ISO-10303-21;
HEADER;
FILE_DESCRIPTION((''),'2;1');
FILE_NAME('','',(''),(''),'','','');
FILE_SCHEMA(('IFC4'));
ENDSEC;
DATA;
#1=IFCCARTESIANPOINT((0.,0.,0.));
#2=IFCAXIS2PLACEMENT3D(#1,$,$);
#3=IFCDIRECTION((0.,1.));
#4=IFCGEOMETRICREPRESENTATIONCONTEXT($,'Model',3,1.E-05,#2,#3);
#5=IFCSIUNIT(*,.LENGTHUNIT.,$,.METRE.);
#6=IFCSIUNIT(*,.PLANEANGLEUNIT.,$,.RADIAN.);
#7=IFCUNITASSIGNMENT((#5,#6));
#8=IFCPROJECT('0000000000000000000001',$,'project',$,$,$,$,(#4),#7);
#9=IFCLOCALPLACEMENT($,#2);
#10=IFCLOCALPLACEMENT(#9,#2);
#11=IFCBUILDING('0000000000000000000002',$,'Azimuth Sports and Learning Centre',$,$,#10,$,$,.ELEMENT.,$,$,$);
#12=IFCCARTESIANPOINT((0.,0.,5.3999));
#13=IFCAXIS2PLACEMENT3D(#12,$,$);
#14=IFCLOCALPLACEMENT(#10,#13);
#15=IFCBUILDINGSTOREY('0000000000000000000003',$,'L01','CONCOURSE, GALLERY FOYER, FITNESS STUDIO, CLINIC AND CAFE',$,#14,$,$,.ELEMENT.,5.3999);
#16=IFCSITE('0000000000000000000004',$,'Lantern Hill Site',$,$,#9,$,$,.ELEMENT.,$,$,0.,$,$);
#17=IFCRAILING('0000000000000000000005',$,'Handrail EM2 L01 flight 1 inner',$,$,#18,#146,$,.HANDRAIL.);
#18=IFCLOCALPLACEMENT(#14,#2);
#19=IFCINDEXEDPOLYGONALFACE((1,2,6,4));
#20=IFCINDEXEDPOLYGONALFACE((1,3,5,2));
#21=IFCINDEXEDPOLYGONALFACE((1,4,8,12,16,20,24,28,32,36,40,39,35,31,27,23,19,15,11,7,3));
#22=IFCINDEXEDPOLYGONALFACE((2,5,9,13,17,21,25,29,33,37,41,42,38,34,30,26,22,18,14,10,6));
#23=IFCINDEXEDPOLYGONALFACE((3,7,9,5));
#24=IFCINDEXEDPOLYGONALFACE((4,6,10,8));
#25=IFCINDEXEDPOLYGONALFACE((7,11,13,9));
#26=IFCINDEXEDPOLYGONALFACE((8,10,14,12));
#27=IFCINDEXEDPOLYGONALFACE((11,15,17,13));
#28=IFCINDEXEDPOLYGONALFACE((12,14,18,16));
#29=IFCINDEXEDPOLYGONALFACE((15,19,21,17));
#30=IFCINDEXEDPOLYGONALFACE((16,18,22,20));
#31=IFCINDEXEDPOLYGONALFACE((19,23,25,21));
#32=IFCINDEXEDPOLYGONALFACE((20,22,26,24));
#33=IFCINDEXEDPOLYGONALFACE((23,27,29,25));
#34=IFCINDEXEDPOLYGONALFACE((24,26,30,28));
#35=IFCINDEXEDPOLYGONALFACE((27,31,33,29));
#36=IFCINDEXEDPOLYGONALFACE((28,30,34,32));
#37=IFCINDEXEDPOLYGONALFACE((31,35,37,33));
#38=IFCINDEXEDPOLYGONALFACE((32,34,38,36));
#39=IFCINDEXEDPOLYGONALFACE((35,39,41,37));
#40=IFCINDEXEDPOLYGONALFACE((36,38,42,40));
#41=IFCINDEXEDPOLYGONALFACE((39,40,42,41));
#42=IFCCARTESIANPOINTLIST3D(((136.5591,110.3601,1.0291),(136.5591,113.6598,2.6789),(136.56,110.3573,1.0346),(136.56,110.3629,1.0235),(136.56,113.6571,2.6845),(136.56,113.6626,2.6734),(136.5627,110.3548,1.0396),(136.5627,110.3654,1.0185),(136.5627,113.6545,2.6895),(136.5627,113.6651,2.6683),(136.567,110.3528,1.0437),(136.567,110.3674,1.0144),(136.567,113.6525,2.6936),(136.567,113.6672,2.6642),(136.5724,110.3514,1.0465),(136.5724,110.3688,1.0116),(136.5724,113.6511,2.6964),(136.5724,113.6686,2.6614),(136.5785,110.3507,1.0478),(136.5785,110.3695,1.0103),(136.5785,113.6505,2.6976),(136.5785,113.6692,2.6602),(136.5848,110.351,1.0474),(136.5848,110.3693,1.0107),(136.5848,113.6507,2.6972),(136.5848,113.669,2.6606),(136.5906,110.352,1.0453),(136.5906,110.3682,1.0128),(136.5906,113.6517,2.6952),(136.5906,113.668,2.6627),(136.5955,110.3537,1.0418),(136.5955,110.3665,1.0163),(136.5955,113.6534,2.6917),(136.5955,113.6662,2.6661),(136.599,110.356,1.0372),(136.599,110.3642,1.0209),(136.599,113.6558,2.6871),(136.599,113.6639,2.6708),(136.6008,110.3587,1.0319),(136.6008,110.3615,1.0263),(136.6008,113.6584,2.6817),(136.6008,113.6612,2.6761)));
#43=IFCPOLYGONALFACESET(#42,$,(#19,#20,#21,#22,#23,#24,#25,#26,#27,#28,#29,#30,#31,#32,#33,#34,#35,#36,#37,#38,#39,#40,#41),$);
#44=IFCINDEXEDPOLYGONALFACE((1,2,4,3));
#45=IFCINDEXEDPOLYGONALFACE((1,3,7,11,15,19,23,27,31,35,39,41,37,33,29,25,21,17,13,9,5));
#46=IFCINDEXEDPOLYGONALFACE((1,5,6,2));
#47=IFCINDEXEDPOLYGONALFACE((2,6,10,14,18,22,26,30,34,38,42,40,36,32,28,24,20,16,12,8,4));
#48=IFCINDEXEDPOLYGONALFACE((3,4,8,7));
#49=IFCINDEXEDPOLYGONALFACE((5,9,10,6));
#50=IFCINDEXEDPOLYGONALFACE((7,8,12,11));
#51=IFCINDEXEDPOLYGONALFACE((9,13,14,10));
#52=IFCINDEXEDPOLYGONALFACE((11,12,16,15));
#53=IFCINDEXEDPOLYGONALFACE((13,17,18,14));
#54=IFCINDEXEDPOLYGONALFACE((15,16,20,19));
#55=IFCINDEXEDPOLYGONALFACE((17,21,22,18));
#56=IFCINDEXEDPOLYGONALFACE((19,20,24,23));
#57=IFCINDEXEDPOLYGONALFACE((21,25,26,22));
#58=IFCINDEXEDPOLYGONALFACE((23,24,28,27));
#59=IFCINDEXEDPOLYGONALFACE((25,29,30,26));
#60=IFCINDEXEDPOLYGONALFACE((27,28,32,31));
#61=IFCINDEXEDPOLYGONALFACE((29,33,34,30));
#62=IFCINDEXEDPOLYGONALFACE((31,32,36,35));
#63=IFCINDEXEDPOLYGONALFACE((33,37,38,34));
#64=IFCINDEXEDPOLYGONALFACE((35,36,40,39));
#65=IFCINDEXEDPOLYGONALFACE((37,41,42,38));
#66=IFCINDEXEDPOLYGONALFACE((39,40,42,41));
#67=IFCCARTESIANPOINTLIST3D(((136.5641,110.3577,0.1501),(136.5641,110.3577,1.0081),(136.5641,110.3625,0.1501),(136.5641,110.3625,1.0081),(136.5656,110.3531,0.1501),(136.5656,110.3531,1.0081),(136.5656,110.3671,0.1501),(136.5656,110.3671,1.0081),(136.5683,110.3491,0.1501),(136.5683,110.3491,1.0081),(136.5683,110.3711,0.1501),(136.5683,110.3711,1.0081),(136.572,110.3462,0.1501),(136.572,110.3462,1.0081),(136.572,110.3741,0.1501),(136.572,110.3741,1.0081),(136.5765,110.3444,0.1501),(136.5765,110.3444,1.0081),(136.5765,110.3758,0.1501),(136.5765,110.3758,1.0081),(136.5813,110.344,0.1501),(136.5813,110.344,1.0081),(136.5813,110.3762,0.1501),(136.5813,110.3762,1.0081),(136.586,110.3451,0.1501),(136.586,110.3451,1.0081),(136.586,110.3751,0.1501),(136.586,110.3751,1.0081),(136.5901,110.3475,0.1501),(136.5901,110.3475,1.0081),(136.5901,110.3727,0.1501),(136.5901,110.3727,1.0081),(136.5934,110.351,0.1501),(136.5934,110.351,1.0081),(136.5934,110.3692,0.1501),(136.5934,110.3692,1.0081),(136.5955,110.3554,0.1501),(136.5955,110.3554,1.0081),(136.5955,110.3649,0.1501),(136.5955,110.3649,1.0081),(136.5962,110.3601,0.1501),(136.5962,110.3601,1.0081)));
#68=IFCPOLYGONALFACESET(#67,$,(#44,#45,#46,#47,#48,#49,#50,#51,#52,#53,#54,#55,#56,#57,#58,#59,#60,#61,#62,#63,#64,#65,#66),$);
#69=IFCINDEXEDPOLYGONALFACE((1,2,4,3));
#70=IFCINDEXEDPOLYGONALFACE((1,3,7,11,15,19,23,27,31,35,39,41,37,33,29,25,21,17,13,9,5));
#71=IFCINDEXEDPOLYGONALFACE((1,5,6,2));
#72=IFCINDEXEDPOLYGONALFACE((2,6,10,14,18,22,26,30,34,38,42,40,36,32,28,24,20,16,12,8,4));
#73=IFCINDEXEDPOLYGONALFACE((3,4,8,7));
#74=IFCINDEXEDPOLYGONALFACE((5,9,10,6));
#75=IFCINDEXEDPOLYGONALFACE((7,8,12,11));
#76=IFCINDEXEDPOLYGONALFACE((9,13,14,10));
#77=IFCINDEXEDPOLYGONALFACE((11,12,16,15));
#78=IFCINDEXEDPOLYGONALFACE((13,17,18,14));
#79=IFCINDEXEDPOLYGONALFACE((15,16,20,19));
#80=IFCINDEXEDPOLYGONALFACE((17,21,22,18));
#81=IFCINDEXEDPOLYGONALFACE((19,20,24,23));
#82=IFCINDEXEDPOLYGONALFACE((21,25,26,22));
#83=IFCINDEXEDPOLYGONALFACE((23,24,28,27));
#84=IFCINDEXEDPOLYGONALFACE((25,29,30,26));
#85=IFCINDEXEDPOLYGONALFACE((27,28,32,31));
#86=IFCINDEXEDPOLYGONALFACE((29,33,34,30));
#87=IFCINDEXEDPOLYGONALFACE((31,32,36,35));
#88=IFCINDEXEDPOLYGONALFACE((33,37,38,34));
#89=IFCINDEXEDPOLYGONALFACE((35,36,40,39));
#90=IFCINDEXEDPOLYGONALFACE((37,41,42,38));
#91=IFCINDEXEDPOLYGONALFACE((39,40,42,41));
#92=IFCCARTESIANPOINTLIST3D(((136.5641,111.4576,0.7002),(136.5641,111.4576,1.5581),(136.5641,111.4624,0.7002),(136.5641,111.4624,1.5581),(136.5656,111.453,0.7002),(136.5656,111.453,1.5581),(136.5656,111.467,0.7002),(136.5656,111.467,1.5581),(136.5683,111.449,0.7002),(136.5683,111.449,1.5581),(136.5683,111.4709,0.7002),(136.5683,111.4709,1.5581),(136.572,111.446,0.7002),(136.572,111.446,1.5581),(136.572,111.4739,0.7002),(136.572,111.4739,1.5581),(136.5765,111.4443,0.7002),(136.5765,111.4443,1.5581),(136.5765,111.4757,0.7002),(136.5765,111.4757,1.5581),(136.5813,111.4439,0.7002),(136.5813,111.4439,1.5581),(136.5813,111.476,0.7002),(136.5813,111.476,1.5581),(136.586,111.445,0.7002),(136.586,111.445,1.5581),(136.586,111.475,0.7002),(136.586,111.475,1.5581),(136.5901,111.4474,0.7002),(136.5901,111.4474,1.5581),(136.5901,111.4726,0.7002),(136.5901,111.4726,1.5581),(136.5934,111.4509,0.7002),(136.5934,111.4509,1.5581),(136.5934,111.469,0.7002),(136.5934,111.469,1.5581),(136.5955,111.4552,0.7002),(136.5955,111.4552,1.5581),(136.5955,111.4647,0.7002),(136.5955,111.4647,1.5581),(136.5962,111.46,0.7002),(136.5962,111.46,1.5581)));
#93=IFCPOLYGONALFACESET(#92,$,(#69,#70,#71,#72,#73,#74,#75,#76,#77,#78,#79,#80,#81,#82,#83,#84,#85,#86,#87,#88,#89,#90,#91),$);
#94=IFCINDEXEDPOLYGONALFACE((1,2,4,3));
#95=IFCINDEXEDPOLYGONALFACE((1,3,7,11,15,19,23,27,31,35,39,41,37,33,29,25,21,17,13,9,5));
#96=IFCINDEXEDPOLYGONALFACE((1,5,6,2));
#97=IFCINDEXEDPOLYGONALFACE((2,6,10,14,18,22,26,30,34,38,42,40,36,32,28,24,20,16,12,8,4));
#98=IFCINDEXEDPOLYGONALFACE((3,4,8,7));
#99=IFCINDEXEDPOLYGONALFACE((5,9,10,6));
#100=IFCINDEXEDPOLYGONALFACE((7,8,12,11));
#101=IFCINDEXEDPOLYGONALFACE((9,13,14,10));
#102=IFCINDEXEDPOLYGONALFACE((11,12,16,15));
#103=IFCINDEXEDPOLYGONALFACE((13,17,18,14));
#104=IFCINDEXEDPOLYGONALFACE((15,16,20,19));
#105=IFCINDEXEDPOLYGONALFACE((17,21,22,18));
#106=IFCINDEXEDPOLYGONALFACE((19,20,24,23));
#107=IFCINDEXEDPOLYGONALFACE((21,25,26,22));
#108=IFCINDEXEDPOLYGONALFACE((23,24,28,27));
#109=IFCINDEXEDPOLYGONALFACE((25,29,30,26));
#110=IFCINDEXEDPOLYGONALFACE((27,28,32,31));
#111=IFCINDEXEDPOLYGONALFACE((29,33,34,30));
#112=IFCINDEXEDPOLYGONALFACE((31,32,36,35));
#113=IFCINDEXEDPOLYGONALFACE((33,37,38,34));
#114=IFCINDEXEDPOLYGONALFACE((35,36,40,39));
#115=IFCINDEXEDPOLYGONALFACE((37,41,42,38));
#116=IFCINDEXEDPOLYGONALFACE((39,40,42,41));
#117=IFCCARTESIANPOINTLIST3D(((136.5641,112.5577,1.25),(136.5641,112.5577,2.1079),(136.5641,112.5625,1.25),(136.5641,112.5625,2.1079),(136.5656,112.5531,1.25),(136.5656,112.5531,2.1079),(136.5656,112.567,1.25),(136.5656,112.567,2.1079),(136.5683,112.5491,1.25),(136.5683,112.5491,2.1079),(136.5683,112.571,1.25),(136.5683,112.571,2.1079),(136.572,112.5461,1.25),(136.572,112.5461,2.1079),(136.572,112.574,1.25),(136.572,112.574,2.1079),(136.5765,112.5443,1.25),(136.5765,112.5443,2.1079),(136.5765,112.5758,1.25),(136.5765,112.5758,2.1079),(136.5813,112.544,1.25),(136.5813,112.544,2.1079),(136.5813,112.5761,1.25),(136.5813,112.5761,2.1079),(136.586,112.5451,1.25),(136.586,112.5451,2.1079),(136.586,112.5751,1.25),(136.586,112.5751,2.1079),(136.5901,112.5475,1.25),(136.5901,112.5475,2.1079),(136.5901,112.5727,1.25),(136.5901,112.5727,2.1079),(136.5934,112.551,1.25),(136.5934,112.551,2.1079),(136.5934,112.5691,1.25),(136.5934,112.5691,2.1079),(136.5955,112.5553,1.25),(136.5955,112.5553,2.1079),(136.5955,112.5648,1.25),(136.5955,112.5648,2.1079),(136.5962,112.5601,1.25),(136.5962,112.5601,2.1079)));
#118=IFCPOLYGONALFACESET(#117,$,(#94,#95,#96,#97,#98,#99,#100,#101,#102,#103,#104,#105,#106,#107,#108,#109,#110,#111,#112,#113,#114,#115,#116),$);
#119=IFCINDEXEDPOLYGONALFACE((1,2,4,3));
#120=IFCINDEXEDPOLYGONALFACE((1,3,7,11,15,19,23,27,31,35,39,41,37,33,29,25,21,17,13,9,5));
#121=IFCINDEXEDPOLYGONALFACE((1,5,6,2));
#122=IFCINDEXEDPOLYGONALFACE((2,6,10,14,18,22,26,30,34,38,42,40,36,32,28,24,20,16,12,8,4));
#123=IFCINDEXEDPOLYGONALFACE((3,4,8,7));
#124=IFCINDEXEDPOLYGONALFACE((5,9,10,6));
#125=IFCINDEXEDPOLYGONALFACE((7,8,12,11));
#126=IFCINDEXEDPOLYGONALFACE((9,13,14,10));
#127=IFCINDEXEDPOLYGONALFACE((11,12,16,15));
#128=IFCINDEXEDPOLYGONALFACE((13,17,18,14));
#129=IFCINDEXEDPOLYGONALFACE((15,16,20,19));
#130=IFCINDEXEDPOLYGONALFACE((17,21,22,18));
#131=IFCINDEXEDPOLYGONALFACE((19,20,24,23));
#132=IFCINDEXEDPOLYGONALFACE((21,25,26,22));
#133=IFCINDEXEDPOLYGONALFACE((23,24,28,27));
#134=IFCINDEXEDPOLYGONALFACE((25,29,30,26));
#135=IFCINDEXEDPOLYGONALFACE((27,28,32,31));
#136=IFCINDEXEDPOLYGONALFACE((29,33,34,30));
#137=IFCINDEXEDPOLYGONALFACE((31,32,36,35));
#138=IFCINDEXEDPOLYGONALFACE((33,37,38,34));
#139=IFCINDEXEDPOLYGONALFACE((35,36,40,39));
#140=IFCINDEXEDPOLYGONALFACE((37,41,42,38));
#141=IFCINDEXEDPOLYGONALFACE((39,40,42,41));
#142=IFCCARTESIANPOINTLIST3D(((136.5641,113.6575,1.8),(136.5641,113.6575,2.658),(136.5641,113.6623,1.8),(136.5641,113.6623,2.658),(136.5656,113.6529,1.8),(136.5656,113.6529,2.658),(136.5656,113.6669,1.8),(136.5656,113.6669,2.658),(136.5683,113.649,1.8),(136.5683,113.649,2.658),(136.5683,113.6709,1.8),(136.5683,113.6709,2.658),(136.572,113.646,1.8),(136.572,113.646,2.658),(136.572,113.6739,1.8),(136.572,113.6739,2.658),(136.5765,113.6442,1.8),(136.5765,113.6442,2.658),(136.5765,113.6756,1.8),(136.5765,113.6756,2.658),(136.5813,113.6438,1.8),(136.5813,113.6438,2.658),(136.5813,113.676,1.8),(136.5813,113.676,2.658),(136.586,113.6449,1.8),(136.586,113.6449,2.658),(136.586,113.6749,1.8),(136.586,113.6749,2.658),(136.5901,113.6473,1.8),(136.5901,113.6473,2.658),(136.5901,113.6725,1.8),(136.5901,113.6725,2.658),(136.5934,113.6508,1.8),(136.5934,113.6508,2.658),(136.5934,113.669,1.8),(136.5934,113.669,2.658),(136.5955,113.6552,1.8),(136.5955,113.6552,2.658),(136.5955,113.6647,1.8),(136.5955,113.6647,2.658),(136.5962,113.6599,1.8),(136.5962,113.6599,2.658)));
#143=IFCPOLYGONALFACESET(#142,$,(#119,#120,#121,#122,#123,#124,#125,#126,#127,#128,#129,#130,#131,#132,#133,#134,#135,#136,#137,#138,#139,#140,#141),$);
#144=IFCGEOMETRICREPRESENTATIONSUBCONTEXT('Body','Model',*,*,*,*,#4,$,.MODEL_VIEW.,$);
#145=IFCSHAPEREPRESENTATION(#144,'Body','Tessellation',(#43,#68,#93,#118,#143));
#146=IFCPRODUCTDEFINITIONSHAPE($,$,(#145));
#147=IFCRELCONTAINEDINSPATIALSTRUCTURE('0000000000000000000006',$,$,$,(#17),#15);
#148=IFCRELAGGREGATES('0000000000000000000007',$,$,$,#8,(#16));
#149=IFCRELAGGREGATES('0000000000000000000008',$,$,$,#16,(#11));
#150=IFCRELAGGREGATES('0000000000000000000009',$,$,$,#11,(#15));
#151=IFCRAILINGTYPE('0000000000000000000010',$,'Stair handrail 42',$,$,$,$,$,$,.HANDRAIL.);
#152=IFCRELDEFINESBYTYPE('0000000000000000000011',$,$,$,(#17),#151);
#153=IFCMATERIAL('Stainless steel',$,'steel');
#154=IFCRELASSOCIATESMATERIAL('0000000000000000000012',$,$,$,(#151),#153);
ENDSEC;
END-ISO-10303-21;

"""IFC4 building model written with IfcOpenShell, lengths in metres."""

from ifc_helpers import new_model, si_unit, direction, frame, origin, origin_2d, place, context, subcontext, project, spatial, circle, extrude, material, type_object, element, save


model = new_model("IFC4")

# Units and contexts
model_context = context("Model", 3, precision=1e-05, world=origin(), true_north=direction((0.0, 1.0)))
body_context = subcontext(model_context, "Body", "Model", "MODEL_VIEW")
ifc_project = project(units=[si_unit("LENGTHUNIT", "METRE"), si_unit("PLANEANGLEUNIT", "RADIAN")], contexts=[model_context])

# Site, building, storey
site_placement = place(None, origin())
site = spatial("IfcSite", under=ifc_project, at=site_placement, Name="Lantern Hill Site", CompositionType="ELEMENT", RefElevation=0.0)
building_placement = place(site_placement, origin())
building = spatial("IfcBuilding", under=site, at=building_placement, Name="Azimuth Sports and Learning Centre", CompositionType="ELEMENT")
storey_placement = place(building_placement, frame((0.0, 0.0, 5.3999)))
storey = spatial("IfcBuildingStorey", under=building, at=storey_placement, Name="L01", Description="CONCOURSE, GALLERY FOYER, FITNESS STUDIO, CLINIC AND CAFE", CompositionType="ELEMENT", Elevation=5.3999)

# Railing
ifc_material_1 = material(Name="Stainless steel", Category="steel")
railing_type = type_object("IfcRailingType", Name="Stair handrail 42", PredefinedType="HANDRAIL", material=ifc_material_1)
railing_placement = place(storey_placement, frame((136.5801, 110.3601, 0.1501)))
element("IfcRailing", 1, at=railing_placement, inside=storey, type_object=railing_type, Name="Handrail EM2 L01 flight 1 inner", PredefinedType="HANDRAIL", context=body_context, shape_type="SweptSolid", body=[
    extrude(circle(Radius=0.021, at=origin_2d()), frame((0.0, 0.0, 0.8789), z_axis=(0.0, 0.894427, 0.447214), x_axis=(-1.0, 0.0, 0.0)), (0.0, 0.0, 1.0), 3.6892),
    extrude(circle(Radius=0.0161, at=origin_2d()), origin(), (0.0, 0.0, 1.0), 0.8579),
    extrude(circle(Radius=0.0161, at=origin_2d()), frame((0.0, 1.0999, 0.55)), (0.0, 0.0, 1.0), 0.8579),
    extrude(circle(Radius=0.0161, at=origin_2d()), frame((0.0, 2.2, 1.0999)), (0.0, 0.0, 1.0), 0.8579),
    extrude(circle(Radius=0.0161, at=origin_2d()), frame((0.0, 3.2998, 1.6499)), (0.0, 0.0, 1.0), 0.8579),
])

save(model, "model.ifc")
